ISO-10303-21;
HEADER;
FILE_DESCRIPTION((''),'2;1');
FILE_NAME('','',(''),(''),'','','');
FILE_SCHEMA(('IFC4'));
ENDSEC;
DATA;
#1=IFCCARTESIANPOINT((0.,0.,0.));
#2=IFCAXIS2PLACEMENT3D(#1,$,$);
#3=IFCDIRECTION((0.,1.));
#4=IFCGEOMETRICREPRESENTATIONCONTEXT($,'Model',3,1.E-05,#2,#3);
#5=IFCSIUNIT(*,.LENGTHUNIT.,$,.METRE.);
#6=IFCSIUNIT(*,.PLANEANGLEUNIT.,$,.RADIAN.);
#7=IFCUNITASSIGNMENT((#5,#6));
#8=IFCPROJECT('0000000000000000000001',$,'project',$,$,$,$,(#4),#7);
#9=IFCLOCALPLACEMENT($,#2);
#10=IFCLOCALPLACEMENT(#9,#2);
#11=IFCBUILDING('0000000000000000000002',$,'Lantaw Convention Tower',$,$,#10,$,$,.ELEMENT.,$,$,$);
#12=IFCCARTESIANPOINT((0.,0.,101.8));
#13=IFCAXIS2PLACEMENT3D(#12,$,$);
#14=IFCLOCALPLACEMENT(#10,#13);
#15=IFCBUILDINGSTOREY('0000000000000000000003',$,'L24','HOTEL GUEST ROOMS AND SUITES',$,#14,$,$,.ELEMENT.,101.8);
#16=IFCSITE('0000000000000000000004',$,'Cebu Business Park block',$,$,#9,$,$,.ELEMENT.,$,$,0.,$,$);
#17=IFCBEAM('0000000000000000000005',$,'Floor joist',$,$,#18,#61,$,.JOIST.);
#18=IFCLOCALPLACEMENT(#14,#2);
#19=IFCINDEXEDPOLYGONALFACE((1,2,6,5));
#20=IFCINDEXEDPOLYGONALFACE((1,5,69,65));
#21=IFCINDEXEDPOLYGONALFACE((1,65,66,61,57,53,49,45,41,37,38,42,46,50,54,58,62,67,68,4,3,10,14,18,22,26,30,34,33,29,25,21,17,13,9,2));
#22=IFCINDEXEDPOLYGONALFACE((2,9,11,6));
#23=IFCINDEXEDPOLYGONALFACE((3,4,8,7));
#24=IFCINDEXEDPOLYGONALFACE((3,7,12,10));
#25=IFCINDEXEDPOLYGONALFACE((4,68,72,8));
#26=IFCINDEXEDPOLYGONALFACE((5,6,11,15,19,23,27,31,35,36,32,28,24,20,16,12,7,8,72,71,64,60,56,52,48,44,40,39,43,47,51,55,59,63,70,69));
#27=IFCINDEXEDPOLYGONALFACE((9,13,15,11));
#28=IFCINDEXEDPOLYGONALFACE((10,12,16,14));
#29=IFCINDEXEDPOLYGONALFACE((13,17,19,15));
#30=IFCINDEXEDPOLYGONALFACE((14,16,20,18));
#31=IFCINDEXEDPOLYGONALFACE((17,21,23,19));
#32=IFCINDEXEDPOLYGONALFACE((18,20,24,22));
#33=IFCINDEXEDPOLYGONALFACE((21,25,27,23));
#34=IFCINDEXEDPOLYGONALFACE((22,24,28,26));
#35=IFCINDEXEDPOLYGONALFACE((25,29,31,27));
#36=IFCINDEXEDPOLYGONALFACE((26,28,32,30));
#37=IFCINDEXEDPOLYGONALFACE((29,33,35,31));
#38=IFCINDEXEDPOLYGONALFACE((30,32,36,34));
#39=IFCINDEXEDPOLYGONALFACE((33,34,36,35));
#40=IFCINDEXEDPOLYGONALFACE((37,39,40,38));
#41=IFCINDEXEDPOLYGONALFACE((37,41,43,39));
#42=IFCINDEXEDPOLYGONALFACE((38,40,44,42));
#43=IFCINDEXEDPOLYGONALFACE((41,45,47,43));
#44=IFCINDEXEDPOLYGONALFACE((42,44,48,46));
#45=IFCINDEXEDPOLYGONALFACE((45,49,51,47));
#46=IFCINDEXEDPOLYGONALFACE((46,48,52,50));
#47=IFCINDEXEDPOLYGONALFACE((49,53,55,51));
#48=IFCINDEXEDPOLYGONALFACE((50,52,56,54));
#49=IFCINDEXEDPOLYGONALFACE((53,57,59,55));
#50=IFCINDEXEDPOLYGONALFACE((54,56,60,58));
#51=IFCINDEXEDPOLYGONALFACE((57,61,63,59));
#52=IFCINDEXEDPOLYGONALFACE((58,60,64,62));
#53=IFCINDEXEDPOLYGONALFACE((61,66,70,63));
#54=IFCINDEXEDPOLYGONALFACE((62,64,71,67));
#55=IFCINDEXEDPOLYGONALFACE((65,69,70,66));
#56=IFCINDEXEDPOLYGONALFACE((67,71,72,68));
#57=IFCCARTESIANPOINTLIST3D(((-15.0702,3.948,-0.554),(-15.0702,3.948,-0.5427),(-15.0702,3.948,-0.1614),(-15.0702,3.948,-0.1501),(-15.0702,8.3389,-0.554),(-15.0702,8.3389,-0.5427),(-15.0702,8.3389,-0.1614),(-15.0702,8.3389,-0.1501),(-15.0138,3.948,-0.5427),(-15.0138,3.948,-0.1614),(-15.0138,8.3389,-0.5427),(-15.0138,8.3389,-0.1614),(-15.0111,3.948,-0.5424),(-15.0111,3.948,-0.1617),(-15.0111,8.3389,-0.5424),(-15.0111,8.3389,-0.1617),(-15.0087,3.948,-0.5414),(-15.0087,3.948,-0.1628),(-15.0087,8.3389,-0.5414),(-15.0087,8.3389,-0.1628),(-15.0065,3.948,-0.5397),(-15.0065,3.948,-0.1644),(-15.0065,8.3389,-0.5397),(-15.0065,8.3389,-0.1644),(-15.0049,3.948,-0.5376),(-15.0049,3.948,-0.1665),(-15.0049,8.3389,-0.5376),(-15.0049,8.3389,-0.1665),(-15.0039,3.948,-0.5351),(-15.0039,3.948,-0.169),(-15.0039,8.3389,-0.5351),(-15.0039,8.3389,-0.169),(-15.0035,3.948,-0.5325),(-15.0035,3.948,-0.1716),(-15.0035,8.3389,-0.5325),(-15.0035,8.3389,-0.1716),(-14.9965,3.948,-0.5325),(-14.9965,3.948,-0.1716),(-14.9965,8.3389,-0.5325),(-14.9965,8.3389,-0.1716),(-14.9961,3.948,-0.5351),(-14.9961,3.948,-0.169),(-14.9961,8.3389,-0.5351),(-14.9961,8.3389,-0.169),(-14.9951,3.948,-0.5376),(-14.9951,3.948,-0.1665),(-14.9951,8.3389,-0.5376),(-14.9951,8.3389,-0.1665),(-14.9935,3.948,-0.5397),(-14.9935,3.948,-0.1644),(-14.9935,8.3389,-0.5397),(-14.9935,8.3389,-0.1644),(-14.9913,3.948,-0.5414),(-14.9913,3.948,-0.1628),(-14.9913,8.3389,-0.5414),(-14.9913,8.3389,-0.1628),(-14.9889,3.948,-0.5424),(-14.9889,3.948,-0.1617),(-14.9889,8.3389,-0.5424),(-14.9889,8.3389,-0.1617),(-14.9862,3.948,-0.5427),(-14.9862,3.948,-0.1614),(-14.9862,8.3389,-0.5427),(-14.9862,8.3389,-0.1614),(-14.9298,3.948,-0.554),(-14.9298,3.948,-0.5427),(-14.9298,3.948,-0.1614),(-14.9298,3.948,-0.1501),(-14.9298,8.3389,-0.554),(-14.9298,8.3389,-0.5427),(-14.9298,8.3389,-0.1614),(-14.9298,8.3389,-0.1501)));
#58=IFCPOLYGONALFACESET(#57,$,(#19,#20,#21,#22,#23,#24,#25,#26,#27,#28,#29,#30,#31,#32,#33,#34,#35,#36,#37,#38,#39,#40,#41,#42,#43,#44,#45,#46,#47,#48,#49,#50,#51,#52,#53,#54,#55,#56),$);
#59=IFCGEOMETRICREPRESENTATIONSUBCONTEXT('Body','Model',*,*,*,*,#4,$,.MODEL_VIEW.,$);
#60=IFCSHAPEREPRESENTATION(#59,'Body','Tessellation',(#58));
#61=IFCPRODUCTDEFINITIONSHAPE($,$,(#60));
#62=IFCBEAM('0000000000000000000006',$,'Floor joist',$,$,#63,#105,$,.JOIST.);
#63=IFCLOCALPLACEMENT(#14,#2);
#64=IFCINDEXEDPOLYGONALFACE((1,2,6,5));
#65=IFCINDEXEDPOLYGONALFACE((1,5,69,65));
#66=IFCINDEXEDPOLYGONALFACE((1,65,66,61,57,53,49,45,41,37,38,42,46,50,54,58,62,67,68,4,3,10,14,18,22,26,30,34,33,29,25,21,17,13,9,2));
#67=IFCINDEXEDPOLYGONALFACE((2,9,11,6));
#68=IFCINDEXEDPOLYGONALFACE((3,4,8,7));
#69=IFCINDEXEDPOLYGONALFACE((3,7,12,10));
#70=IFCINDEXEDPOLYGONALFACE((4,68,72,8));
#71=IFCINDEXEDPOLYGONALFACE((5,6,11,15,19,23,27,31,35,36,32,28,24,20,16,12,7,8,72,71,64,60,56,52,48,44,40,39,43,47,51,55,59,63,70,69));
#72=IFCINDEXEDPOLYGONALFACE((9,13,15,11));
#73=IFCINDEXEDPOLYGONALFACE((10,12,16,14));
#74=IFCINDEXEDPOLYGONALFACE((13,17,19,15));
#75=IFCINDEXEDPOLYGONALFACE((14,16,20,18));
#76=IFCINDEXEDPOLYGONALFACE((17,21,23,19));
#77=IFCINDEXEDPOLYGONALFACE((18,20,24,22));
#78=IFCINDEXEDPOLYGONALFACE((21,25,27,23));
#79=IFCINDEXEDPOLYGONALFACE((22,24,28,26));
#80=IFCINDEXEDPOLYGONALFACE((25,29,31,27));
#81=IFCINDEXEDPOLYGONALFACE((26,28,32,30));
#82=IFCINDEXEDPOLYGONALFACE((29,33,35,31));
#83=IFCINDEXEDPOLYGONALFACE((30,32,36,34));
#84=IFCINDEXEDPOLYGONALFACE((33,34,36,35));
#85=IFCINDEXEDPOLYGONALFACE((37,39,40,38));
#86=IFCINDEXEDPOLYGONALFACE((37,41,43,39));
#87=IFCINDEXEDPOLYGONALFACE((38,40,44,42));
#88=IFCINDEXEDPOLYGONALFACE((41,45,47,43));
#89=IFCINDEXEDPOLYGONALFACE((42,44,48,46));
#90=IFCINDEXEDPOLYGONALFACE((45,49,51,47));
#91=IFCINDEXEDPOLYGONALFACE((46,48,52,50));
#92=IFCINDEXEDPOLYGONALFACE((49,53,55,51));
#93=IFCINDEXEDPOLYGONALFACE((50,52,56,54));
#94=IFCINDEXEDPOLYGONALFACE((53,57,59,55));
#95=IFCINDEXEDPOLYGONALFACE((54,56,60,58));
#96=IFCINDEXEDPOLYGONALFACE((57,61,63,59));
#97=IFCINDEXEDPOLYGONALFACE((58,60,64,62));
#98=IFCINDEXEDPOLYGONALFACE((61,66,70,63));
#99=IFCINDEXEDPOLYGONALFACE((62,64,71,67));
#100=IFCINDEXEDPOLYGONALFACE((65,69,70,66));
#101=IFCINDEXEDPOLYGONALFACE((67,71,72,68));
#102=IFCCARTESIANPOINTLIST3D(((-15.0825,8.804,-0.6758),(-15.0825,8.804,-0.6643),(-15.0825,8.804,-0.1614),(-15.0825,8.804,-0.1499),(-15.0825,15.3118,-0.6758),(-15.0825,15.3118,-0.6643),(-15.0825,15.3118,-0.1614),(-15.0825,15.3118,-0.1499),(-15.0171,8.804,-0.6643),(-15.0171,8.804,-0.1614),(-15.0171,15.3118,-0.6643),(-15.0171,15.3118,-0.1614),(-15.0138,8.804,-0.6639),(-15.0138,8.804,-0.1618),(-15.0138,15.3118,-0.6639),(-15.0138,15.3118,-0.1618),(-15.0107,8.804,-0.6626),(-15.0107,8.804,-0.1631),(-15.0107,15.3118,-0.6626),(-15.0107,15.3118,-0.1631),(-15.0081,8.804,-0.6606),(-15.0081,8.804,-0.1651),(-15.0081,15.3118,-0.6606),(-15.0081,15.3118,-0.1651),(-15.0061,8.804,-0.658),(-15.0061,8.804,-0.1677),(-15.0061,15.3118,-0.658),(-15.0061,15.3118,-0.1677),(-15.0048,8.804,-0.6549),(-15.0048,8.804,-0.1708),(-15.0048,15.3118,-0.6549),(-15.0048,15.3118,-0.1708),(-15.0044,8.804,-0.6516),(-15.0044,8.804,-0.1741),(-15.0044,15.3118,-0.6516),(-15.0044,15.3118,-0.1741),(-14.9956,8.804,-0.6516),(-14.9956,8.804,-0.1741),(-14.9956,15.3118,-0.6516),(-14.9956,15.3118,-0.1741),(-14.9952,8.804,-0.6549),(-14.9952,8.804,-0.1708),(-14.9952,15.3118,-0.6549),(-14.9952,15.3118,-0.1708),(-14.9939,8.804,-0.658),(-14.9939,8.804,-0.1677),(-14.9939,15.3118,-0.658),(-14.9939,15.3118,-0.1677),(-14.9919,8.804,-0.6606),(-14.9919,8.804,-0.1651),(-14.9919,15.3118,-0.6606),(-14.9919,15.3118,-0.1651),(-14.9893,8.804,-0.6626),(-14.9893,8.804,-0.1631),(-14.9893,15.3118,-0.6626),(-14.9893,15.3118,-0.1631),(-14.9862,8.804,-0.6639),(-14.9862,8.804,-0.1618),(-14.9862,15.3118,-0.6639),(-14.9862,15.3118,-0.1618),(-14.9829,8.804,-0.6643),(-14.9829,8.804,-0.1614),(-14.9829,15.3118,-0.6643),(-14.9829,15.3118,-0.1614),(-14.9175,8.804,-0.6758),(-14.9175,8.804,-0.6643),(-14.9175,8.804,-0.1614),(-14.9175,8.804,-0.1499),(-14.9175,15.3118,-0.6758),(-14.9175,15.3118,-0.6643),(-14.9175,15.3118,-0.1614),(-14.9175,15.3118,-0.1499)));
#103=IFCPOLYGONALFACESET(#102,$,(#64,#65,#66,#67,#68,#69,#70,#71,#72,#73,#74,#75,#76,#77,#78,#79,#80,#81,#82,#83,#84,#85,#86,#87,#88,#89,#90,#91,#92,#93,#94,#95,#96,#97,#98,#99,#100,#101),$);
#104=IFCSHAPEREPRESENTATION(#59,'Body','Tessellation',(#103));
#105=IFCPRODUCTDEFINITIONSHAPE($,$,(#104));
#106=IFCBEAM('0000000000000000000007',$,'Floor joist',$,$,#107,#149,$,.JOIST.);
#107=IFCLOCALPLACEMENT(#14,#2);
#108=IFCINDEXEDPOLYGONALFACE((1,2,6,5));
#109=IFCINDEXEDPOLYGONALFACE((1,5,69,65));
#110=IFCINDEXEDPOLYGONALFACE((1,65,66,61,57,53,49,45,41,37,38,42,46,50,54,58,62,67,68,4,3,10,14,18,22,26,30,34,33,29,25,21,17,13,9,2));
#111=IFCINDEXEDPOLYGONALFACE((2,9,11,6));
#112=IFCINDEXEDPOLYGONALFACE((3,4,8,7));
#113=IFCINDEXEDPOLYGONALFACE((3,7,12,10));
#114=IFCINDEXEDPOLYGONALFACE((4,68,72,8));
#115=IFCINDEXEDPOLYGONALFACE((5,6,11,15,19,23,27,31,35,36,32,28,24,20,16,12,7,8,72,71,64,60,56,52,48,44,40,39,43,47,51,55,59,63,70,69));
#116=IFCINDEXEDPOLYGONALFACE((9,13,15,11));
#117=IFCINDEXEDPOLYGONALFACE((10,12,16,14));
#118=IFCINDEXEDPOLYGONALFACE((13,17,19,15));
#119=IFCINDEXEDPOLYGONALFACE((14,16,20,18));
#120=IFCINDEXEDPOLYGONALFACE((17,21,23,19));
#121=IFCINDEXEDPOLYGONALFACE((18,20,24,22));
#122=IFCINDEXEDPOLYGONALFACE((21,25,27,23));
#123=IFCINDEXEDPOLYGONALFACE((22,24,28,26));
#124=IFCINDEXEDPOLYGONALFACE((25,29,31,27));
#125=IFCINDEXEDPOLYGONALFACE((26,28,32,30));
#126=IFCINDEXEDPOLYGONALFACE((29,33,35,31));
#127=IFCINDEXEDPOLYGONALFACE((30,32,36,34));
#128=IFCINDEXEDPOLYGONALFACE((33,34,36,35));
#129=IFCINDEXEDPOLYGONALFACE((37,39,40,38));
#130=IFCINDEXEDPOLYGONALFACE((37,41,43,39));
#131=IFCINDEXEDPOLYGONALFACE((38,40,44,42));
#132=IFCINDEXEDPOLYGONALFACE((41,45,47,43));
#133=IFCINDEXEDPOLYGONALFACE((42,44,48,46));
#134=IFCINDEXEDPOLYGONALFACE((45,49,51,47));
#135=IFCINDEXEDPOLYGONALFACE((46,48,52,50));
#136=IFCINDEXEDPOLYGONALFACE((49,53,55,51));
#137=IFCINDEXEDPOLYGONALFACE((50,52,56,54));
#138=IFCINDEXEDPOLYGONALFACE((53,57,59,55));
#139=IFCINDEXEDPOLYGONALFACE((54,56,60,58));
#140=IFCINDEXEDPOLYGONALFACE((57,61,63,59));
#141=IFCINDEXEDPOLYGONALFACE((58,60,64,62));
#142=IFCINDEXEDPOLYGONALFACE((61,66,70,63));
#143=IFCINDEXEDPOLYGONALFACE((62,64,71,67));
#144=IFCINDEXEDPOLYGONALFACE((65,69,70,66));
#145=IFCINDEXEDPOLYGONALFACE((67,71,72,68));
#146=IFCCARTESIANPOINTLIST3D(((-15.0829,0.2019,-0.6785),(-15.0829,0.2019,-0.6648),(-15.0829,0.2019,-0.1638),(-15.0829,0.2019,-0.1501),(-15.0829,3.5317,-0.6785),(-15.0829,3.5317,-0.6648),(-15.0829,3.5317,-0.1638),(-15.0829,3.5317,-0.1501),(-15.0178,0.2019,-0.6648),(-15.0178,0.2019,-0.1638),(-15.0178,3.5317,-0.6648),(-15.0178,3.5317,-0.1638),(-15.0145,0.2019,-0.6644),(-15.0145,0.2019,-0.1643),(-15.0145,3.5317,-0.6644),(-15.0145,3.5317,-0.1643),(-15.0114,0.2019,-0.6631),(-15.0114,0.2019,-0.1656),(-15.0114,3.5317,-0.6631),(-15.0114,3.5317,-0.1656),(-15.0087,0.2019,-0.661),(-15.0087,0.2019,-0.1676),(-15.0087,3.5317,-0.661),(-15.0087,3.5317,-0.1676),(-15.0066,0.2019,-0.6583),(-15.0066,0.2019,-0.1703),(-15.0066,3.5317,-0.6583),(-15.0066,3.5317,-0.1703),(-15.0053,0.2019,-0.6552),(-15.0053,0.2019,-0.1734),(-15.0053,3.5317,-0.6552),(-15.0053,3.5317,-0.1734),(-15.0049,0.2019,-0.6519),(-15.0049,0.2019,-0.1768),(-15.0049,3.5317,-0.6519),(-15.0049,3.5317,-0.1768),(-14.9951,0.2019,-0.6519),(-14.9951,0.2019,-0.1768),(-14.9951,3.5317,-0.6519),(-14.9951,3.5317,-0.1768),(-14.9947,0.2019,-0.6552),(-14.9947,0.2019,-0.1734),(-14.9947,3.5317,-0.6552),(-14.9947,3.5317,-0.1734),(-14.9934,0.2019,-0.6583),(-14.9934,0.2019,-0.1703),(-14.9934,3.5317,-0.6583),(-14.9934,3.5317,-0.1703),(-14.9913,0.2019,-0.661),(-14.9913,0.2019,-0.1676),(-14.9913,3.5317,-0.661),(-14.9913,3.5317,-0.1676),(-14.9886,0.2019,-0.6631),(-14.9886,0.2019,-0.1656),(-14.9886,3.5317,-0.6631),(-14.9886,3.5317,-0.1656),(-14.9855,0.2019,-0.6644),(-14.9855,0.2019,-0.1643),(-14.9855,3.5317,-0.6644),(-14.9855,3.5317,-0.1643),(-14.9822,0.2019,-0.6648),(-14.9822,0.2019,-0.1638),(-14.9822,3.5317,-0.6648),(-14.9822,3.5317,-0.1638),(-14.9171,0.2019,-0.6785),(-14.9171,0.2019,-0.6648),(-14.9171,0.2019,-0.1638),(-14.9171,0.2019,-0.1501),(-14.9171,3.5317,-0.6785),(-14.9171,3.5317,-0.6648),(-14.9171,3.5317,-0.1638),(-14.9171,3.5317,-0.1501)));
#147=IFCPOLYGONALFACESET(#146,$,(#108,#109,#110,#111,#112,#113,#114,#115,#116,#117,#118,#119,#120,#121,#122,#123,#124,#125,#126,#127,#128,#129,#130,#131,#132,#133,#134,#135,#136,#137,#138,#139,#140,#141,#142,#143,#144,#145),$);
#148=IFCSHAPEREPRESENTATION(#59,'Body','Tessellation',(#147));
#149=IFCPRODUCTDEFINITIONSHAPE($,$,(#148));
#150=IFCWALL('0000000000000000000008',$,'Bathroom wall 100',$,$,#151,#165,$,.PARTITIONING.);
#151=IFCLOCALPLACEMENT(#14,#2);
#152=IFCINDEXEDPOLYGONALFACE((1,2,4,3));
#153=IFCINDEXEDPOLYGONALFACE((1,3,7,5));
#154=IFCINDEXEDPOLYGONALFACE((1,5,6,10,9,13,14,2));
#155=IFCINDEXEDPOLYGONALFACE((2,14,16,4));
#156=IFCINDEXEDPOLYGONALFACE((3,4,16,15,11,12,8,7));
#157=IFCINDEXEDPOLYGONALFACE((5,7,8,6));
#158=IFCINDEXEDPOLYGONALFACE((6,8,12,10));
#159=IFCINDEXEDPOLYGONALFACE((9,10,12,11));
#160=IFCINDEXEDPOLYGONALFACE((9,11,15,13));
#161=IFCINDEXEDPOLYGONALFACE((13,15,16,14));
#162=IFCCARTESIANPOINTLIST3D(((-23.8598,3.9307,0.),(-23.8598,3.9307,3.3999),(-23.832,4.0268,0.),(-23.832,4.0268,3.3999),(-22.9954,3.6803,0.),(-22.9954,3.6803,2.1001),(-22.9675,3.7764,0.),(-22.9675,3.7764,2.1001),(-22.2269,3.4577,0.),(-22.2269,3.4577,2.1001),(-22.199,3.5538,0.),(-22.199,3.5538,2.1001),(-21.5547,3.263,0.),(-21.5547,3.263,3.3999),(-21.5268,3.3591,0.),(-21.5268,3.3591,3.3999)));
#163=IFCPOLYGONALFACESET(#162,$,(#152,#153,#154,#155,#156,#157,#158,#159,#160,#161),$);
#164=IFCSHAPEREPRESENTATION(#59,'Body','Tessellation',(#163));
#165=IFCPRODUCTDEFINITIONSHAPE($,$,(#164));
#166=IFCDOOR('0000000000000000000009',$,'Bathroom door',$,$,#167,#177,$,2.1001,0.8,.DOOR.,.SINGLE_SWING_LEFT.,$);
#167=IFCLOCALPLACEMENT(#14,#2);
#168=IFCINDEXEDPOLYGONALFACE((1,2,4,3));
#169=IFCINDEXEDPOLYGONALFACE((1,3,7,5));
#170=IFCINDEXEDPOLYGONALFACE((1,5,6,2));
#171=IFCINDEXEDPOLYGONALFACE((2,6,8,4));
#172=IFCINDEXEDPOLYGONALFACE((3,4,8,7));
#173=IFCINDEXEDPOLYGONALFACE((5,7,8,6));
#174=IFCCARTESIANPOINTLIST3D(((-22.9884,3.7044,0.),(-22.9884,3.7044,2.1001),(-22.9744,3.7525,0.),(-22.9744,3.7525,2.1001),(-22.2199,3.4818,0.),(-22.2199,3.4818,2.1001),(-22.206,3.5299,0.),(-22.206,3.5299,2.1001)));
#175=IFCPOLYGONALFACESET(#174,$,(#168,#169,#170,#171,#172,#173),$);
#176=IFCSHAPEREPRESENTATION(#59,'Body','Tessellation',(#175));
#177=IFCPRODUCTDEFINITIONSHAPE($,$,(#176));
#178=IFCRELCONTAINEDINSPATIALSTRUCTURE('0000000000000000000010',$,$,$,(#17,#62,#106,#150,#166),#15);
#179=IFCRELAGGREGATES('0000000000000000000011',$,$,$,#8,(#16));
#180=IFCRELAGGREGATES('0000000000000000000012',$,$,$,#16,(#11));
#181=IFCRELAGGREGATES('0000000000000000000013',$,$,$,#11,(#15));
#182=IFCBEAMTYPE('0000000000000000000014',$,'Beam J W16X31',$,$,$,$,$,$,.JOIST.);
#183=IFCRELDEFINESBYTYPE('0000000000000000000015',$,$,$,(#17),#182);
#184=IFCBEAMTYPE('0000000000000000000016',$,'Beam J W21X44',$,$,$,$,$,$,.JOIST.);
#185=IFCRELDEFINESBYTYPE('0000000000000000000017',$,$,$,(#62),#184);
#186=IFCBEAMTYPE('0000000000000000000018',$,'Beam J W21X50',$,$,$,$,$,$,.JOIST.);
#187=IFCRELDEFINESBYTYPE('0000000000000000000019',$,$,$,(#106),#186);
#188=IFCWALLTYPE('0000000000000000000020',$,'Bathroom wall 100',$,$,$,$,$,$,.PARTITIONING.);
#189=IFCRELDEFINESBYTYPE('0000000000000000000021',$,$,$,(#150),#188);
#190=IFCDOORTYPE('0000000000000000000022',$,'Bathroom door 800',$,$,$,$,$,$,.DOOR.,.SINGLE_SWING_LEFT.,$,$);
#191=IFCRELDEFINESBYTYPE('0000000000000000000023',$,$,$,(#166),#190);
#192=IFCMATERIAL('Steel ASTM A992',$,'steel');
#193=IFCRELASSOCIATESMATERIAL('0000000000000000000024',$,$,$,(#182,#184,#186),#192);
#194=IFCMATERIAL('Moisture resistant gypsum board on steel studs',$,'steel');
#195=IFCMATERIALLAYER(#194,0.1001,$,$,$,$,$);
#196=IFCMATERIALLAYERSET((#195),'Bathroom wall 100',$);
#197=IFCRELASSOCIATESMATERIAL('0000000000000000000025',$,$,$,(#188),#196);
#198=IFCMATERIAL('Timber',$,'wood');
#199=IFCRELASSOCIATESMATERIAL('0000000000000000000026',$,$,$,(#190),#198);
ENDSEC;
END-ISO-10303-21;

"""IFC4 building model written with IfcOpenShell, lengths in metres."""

from ifc_helpers import new_model, si_unit, direction, frame, frame_2d, origin, origin_2d, place, context, subcontext, project, spatial, rectangle, i_section, extrude, material, layer, layer_set, material_profile, profile_set, type_object, element, fill, save


model = new_model("IFC4")

# Units and contexts
model_context = context("Model", 3, precision=1e-05, world=origin(), true_north=direction((0.0, 1.0)))
body_context = subcontext(model_context, "Body", "Model", "MODEL_VIEW")
ifc_project = project(units=[si_unit("LENGTHUNIT", "METRE"), si_unit("PLANEANGLEUNIT", "RADIAN")], contexts=[model_context])

# Site, building, storey
site_placement = place(None, origin())
site = spatial("IfcSite", under=ifc_project, at=site_placement, Name="Cebu Business Park block", CompositionType="ELEMENT", RefElevation=0.0)
building_placement = place(site_placement, origin())
building = spatial("IfcBuilding", under=site, at=building_placement, Name="Lantaw Convention Tower", CompositionType="ELEMENT")
storey_placement = place(building_placement, frame((0.0, 0.0, 101.8)))
storey = spatial("IfcBuildingStorey", under=building, at=storey_placement, Name="L24", Description="HOTEL GUEST ROOMS AND SUITES", CompositionType="ELEMENT", Elevation=101.8)

# Beams
ifc_material_1 = material(Name="Steel ASTM A992", Category="steel")
ifc_material_profile_1 = material_profile(ifc_material_1, i_section(OverallWidth=0.1404, OverallDepth=0.4038, WebThickness=0.0071, FlangeThickness=0.0112, FilletRadius=0.0103, at=origin_2d()), Name="W16X31")
ifc_profile_set_1 = profile_set([ifc_material_profile_1], Name="Steel ASTM A992")
beam_type_1 = type_object("IfcBeamType", Name="Beam J W16X31", PredefinedType="JOIST", material=ifc_profile_set_1)
beam_1_placement = place(storey_placement, frame((-15.0, 3.948, -0.3521), z_axis=(0.0, 1.0, 0.0), x_axis=(-1.0, 0.0, 0.0)))
element("IfcBeam", 1, at=beam_1_placement, inside=storey, type_object=beam_type_1, Name="Floor joist", PredefinedType="JOIST", context=body_context, shape_type="SweptSolid", body=[
    extrude(i_section(OverallWidth=0.1404, OverallDepth=0.4038, WebThickness=0.0071, FlangeThickness=0.0112, FilletRadius=0.0103, at=origin_2d()), origin(), (0.0, 0.0, 1.0), 4.3909),
])
ifc_material_profile_2 = material_profile(ifc_material_1, i_section(OverallWidth=0.165, OverallDepth=0.5259, WebThickness=0.0088, FlangeThickness=0.0115, FilletRadius=0.0127, at=origin_2d()), Name="W21X44")
ifc_profile_set_2 = profile_set([ifc_material_profile_2], Name="Steel ASTM A992")
beam_type_2 = type_object("IfcBeamType", Name="Beam J W21X44", PredefinedType="JOIST", material=ifc_profile_set_2)
beam_2_placement = place(storey_placement, frame((-15.0, 8.804, -0.4128), z_axis=(0.0, 1.0, 0.0), x_axis=(-1.0, 0.0, 0.0)))
element("IfcBeam", 2, at=beam_2_placement, inside=storey, type_object=beam_type_2, Name="Floor joist", PredefinedType="JOIST", context=body_context, shape_type="SweptSolid", body=[
    extrude(i_section(OverallWidth=0.165, OverallDepth=0.5259, WebThickness=0.0088, FlangeThickness=0.0115, FilletRadius=0.0127, at=origin_2d()), origin(), (0.0, 0.0, 1.0), 6.5078),
])
ifc_material_profile_3 = material_profile(ifc_material_1, i_section(OverallWidth=0.1658, OverallDepth=0.5283, WebThickness=0.0098, FlangeThickness=0.0137, FilletRadius=0.0129, at=origin_2d()), Name="W21X50")
ifc_profile_set_3 = profile_set([ifc_material_profile_3], Name="Steel ASTM A992")
beam_type_3 = type_object("IfcBeamType", Name="Beam J W21X50", PredefinedType="JOIST", material=ifc_profile_set_3)
beam_3_placement = place(storey_placement, frame((-15.0, 0.2019, -0.4143), z_axis=(0.0, 1.0, 0.0), x_axis=(-1.0, 0.0, 0.0)))
element("IfcBeam", 3, at=beam_3_placement, inside=storey, type_object=beam_type_3, Name="Floor joist", PredefinedType="JOIST", context=body_context, shape_type="SweptSolid", body=[
    extrude(i_section(OverallWidth=0.1658, OverallDepth=0.5283, WebThickness=0.0098, FlangeThickness=0.0137, FilletRadius=0.0129, at=origin_2d()), origin(), (0.0, 0.0, 1.0), 3.3298),
])

# Wall, opening, door
ifc_material_2 = material(Name="Moisture resistant gypsum board on steel studs", Category="steel")
ifc_layer_1 = layer(ifc_material_2, 0.1001)
ifc_layer_set_1 = layer_set([ifc_layer_1], Name="Bathroom wall 100")
wall_type_1 = type_object("IfcWallType", Name="Bathroom wall 100", PredefinedType="PARTITIONING", material=ifc_layer_set_1)
wall_1_placement = place(storey_placement, frame((-21.5408, 3.311, 0.0), z_axis=(0.0, 0.0, 1.0), x_axis=(-0.960516, 0.278226, 0.0)))
wall_1 = element("IfcWall", 4, at=wall_1_placement, inside=storey, type_object=wall_type_1, Name="Bathroom wall 100", PredefinedType="PARTITIONING", context=body_context, shape_type="SweptSolid", body=[
    extrude(rectangle(XDim=2.3999, YDim=0.1001, at=frame_2d((1.2, 0.0))), origin(), (0.0, 0.0, 1.0), 3.3999),
])
opening_1_placement = place(wall_1_placement, frame((0.7, 0.0, 0.0)))
opening_1 = element("IfcOpeningElement", 5, at=opening_1_placement, cuts=wall_1, PredefinedType="OPENING", context=body_context, shape_type="SweptSolid", body=[
    extrude(rectangle(XDim=0.8, YDim=2.1001, at=frame_2d((0.3999, 1.05))), frame((0.0, 0.0601, 0.0), z_axis=(0.0, -1.0, 0.0), x_axis=(1.0, 0.0, 0.0)), (0.0, 0.0, 1.0), 0.1201),
])
ifc_material_3 = material(Name="Timber", Category="wood")
door_type_1 = type_object("IfcDoorType", Name="Bathroom door 800", OperationType="SINGLE_SWING_LEFT", PredefinedType="DOOR", material=ifc_material_3)
door_1_placement = place(opening_1_placement, origin())
door_1 = element("IfcDoor", 6, at=door_1_placement, inside=storey, type_object=door_type_1, Name="Bathroom door", OperationType="SINGLE_SWING_LEFT", OverallHeight=2.1001, OverallWidth=0.8, PredefinedType="DOOR", context=body_context, shape_type="SweptSolid", body=[
    extrude(rectangle(XDim=0.8, YDim=2.1001, at=frame_2d((0.3999, 1.05))), frame((0.0, 0.0249, 0.0), z_axis=(0.0, -1.0, 0.0), x_axis=(1.0, 0.0, 0.0)), (0.0, 0.0, 1.0), 0.05),
])
fill(opening_1, door_1)

save(model, "model.ifc")
